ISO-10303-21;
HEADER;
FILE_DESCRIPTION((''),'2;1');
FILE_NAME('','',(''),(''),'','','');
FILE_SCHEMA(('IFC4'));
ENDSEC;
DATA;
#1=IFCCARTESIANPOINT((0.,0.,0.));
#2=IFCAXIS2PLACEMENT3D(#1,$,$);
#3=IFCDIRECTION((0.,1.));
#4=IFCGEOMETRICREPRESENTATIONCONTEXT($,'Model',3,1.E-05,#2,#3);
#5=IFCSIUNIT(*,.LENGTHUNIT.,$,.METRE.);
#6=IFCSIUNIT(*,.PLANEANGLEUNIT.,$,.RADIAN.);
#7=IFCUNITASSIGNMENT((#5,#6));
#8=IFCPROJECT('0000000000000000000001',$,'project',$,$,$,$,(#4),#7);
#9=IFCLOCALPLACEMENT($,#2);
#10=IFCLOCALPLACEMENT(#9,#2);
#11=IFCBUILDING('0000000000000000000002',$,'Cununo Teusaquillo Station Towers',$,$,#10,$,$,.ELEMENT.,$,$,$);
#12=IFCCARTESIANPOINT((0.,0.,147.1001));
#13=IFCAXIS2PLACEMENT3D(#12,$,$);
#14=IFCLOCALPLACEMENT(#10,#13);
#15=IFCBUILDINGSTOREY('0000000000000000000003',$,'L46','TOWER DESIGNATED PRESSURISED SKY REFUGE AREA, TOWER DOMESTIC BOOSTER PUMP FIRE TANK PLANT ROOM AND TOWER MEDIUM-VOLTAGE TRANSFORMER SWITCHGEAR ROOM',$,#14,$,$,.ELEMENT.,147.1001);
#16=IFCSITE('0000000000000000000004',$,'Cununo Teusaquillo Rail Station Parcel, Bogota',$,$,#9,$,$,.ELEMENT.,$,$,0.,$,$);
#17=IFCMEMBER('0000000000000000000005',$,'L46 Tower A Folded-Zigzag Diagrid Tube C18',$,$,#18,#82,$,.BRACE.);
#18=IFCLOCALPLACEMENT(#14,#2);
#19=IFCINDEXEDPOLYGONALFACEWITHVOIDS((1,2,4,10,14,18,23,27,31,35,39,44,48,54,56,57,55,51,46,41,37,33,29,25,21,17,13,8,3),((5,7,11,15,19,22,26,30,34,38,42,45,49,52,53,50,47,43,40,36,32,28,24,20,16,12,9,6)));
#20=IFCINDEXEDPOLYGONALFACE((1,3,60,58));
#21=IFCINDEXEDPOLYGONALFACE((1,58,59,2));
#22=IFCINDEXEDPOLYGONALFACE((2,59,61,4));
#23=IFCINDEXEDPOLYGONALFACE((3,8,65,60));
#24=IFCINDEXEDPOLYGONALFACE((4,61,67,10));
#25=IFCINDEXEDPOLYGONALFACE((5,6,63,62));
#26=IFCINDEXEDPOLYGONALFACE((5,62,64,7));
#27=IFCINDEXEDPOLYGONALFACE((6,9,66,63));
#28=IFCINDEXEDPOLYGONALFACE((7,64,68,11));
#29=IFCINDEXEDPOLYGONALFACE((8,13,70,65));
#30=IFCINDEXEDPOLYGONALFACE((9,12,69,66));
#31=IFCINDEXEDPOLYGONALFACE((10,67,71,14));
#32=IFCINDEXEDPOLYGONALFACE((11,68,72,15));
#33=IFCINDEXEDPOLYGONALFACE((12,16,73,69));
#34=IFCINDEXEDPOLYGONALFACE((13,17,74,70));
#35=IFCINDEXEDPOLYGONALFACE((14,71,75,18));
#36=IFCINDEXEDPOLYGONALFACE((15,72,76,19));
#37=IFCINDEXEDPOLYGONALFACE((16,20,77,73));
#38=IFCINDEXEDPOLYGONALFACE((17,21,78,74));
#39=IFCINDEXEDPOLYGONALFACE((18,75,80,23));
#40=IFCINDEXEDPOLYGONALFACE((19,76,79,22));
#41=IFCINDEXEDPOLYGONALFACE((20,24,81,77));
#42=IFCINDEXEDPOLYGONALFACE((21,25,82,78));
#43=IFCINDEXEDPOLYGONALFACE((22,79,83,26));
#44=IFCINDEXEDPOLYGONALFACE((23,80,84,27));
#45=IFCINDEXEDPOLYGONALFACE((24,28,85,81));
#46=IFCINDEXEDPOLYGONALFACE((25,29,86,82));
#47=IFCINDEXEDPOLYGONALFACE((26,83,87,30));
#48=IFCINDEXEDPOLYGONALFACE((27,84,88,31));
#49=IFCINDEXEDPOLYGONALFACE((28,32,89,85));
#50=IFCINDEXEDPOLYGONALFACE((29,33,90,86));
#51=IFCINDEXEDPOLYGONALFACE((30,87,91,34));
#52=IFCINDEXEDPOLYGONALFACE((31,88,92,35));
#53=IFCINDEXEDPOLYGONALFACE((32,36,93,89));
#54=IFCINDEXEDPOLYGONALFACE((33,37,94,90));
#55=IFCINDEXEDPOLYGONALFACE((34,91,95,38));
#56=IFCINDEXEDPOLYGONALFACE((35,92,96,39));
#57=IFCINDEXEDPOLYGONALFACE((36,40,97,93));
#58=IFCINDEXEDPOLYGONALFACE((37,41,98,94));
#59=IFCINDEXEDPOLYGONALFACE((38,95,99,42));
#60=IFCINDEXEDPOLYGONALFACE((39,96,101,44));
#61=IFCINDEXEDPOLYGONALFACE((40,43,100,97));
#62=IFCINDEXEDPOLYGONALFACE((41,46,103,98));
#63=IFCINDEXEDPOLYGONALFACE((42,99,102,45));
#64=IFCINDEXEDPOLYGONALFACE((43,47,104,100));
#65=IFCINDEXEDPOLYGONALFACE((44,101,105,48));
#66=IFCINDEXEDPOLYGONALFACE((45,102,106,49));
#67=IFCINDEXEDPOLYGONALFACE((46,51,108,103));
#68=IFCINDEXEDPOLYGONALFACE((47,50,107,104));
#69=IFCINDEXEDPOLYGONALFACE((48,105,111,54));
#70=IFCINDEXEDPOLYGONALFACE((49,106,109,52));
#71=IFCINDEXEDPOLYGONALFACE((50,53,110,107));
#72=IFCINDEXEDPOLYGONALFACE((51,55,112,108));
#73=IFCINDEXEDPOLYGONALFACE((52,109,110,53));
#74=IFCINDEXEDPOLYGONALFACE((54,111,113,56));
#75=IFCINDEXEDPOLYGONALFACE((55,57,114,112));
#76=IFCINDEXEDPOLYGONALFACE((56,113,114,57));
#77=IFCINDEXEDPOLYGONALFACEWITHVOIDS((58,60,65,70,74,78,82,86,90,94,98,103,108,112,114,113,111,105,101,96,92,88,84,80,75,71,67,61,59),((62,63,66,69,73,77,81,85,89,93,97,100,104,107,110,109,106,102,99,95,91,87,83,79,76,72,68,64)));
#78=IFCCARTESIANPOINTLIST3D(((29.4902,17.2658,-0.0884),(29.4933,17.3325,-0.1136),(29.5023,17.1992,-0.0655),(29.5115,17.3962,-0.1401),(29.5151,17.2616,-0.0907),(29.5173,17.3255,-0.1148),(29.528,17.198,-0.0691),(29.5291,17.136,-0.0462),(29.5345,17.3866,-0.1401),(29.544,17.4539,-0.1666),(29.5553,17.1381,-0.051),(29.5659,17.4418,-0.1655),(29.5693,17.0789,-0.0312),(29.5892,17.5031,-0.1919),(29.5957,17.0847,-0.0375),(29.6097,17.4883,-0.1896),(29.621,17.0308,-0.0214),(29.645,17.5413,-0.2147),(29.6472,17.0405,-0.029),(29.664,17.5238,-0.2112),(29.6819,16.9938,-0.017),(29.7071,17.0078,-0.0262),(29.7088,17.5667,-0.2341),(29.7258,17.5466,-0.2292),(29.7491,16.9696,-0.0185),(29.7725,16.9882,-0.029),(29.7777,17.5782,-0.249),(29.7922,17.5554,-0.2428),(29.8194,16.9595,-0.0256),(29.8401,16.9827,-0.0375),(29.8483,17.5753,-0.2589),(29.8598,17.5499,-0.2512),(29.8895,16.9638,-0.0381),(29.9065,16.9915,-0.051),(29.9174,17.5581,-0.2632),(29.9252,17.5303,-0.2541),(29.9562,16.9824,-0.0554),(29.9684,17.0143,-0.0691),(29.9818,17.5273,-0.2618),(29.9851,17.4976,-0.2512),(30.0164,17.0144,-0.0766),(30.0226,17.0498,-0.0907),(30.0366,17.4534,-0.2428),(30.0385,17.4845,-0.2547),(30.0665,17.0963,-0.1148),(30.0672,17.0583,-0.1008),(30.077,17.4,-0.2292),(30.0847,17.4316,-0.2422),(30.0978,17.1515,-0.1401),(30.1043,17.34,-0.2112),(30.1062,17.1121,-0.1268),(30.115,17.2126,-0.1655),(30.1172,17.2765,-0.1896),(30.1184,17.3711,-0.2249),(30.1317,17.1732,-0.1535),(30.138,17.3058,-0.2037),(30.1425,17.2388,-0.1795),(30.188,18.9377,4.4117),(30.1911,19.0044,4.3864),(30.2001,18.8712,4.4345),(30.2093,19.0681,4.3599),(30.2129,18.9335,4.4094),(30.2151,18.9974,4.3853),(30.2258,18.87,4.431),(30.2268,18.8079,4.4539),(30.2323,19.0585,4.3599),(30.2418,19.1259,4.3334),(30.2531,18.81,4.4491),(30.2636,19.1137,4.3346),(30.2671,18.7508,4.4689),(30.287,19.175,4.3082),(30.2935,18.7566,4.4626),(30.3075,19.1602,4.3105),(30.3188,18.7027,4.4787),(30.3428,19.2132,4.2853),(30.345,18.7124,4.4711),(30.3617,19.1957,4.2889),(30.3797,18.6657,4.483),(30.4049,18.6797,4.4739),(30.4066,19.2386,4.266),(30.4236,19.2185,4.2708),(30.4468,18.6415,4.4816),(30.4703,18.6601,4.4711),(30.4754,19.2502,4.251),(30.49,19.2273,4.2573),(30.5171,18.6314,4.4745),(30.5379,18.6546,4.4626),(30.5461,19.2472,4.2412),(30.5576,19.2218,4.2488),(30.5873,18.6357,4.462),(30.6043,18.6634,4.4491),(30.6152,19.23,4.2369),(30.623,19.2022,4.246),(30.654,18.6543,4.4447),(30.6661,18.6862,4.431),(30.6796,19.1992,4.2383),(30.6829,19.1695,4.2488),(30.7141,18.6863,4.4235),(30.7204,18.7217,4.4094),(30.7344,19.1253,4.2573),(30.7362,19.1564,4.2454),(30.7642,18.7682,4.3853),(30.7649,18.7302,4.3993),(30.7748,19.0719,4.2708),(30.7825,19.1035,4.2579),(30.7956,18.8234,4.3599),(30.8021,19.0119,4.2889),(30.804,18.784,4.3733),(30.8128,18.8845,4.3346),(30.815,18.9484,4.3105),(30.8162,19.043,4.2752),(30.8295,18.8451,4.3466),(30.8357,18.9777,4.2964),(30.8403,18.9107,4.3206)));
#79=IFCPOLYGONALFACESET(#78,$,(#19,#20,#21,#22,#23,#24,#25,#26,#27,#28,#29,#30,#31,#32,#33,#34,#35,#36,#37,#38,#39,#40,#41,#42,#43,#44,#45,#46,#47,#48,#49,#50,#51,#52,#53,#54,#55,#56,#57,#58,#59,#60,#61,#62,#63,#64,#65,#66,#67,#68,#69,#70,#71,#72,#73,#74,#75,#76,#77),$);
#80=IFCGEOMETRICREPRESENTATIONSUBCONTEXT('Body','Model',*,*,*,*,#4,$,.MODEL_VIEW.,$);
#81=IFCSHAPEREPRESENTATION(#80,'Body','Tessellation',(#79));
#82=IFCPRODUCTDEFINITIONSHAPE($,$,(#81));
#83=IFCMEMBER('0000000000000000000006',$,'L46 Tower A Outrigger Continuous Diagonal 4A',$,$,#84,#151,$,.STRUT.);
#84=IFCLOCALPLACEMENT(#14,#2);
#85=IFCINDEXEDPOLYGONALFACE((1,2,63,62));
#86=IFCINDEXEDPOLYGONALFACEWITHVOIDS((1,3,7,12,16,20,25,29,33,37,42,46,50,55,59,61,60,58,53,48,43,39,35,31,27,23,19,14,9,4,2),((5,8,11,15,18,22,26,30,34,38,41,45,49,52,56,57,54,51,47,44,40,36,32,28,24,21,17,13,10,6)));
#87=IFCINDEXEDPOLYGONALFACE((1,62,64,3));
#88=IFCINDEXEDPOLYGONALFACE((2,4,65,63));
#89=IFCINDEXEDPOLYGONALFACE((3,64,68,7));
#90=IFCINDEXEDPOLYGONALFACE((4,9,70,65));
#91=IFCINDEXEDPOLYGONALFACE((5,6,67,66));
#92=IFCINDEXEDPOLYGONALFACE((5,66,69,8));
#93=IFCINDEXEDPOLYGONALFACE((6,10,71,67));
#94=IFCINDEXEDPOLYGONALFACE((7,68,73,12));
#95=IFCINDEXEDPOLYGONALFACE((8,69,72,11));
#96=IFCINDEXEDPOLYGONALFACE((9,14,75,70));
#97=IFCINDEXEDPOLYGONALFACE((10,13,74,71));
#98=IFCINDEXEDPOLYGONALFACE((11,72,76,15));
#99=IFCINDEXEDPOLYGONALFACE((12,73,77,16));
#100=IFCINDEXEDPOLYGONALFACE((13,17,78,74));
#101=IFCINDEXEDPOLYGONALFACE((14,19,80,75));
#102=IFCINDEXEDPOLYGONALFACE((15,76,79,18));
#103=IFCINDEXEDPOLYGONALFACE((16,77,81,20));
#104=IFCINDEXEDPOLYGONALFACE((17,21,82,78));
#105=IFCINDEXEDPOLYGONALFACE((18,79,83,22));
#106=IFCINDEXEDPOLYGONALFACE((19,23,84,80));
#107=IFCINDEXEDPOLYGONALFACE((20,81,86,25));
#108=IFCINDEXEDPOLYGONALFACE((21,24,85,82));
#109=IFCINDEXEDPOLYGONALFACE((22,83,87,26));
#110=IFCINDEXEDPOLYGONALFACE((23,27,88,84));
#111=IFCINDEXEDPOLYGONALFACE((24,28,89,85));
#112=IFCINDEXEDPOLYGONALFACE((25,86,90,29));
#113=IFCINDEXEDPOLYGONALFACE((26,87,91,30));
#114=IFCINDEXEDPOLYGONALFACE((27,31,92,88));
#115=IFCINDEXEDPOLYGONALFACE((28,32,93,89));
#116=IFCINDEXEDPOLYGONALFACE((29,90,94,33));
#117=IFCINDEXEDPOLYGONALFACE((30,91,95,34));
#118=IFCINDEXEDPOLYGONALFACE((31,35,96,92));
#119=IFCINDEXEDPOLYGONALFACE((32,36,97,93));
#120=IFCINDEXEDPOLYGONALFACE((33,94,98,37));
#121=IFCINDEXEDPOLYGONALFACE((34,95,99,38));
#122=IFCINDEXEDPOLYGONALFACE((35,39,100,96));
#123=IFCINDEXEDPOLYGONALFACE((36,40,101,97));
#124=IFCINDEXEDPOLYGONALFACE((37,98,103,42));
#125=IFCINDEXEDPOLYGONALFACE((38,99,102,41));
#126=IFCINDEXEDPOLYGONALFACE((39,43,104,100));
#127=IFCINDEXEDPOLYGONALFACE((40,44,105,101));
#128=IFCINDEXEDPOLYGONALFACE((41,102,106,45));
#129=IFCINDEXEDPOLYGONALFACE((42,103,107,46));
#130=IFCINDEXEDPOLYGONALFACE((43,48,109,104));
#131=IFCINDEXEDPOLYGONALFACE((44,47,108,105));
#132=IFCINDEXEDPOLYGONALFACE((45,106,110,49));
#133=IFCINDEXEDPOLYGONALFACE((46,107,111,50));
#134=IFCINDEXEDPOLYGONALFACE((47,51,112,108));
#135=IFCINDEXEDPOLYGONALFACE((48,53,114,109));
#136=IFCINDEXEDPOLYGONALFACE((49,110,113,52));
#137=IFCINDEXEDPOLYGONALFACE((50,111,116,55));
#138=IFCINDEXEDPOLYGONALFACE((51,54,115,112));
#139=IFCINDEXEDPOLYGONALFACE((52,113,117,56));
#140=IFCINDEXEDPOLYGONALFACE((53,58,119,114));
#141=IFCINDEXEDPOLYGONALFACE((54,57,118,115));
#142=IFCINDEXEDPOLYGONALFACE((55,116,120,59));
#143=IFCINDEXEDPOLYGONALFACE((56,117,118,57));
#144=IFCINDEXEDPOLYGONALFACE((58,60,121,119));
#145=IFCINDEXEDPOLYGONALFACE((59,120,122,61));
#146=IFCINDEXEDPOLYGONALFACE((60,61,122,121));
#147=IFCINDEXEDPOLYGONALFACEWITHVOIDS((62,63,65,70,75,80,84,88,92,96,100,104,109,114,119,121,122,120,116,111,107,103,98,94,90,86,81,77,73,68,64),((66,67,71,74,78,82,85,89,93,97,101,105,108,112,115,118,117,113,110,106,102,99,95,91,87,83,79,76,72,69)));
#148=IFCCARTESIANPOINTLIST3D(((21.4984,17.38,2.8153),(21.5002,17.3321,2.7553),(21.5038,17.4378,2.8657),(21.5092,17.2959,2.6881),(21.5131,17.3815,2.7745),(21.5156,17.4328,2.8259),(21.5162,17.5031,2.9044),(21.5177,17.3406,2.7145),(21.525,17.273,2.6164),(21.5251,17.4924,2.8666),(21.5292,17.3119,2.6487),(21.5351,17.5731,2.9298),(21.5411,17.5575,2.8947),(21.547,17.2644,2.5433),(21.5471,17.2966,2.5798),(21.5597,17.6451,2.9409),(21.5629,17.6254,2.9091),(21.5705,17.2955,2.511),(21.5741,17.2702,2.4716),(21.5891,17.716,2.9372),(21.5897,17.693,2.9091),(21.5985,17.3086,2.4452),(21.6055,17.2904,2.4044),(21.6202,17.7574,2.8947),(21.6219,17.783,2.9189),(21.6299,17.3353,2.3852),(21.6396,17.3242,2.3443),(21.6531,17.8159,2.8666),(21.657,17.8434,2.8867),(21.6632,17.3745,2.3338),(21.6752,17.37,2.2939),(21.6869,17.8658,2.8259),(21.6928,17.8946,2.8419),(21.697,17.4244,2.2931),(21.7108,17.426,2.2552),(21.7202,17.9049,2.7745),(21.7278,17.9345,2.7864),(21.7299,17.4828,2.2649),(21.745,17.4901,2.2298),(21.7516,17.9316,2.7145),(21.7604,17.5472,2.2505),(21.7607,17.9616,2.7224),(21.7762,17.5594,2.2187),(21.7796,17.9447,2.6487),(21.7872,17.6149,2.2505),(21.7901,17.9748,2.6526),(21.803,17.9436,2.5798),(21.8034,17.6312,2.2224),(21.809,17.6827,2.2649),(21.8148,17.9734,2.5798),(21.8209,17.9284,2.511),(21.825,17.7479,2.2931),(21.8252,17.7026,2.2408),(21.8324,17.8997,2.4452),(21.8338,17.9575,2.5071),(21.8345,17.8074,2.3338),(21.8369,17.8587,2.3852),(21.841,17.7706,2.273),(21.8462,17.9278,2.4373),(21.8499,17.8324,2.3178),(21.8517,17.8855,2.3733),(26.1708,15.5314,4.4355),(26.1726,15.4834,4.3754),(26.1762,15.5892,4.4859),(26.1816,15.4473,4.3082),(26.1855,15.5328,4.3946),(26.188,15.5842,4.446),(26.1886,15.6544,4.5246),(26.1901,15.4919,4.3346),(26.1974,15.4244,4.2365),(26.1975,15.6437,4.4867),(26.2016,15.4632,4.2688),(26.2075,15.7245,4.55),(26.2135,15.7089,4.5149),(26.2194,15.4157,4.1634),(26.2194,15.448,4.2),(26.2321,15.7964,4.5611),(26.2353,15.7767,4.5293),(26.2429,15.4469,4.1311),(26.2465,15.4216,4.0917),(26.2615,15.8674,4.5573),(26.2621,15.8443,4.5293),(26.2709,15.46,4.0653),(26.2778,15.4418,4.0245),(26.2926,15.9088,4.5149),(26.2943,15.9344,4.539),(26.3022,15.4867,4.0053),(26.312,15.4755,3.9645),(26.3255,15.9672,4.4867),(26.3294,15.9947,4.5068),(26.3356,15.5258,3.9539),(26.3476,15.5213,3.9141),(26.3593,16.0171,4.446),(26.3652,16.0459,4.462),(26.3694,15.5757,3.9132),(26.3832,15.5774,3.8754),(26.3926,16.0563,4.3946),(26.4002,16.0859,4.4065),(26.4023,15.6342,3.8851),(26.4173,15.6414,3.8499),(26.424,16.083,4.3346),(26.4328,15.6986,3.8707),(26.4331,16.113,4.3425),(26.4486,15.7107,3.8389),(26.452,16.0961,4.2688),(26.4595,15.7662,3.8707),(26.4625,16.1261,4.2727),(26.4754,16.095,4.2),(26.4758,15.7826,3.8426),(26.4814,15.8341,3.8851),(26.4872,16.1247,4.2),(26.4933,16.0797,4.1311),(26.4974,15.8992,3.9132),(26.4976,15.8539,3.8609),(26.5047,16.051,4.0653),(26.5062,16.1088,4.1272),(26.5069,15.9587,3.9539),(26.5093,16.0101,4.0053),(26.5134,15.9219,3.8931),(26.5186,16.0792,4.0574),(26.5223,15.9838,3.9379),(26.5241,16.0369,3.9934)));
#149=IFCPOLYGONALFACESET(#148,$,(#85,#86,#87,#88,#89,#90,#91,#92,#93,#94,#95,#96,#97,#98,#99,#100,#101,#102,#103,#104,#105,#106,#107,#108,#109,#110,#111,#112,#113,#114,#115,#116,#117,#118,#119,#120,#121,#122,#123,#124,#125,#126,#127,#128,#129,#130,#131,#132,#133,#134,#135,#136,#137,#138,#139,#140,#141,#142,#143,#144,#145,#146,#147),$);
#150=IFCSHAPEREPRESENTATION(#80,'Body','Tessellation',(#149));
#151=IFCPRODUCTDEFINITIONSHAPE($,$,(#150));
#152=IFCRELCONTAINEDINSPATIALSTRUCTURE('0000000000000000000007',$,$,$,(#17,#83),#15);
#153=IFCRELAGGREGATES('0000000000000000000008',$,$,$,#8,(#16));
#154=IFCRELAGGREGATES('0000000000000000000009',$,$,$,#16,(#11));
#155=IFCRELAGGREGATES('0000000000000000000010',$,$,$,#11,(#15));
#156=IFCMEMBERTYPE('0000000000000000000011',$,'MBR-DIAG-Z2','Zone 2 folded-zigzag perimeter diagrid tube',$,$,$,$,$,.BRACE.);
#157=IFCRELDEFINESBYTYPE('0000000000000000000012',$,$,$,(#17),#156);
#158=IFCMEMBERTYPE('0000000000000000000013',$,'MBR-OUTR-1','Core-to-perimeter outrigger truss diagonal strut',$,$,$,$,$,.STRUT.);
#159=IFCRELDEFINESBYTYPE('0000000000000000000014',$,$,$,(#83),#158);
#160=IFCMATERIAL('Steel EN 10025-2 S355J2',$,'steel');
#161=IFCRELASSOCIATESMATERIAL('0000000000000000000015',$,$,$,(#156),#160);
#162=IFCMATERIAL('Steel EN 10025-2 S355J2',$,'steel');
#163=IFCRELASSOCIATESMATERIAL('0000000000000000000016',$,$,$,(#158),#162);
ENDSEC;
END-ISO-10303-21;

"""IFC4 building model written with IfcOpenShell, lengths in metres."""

from ifc_helpers import new_model, si_unit, direction, frame, origin, origin_2d, place, context, subcontext, project, spatial, hollow_circle, extrude, material, material_profile, profile_set, type_object, element, save


model = new_model("IFC4")

# Units and contexts
model_context = context("Model", 3, precision=1e-05, world=origin(), true_north=direction((0.0, 1.0)))
body_context = subcontext(model_context, "Body", "Model", "MODEL_VIEW")
ifc_project = project(units=[si_unit("LENGTHUNIT", "METRE"), si_unit("PLANEANGLEUNIT", "RADIAN")], contexts=[model_context])

# Site, building, storey
site_placement = place(None, origin())
site = spatial("IfcSite", under=ifc_project, at=site_placement, Name="Cununo Teusaquillo Rail Station Parcel, Bogota", CompositionType="ELEMENT", RefElevation=0.0)
building_placement = place(site_placement, origin())
building = spatial("IfcBuilding", under=site, at=building_placement, Name="Cununo Teusaquillo Station Towers", CompositionType="ELEMENT")
storey_placement = place(building_placement, frame((0.0, 0.0, 147.1001)))
storey = spatial("IfcBuildingStorey", under=building, at=storey_placement, Name="L46", Description="TOWER DESIGNATED PRESSURISED SKY REFUGE AREA, TOWER DOMESTIC BOOSTER PUMP FIRE TANK PLANT ROOM AND TOWER MEDIUM-VOLTAGE TRANSFORMER SWITCHGEAR ROOM", CompositionType="ELEMENT", Elevation=147.1001)

# Members
ifc_material_1 = material(Name="Steel EN 10025-2 S355J2", Category="steel")
ifc_material_profile_1 = material_profile(ifc_material_1, hollow_circle(Radius=0.3301, WallThickness=0.0249, at=origin_2d()), Name="CHS 660x25")
ifc_profile_set_1 = profile_set([ifc_material_profile_1], Name="Steel EN 10025-2 S355J2")
member_type_1 = type_object("IfcMemberType", Name="MBR-DIAG-Z2", Description="Zone 2 folded-zigzag perimeter diagrid tube", PredefinedType="BRACE", material=ifc_profile_set_1)
member_1_placement = place(storey_placement, frame((29.8162, 17.269, -0.1401), z_axis=(0.143838, 0.344647, 0.927647), x_axis=(-0.922853, 0.385151, 0.0)))
element("IfcMember", 1, at=member_1_placement, inside=storey, type_object=member_type_1, Name="L46 Tower A Folded-Zigzag Diagrid Tube C18", PredefinedType="BRACE", context=body_context, shape_type="SweptSolid", body=[
    extrude(hollow_circle(Radius=0.3301, WallThickness=0.0249, at=origin_2d()), origin(), (0.0, 0.0, 1.0), 4.8511),
])
ifc_material_2 = material(Name="Steel EN 10025-2 S355J2", Category="steel")
ifc_material_profile_2 = material_profile(ifc_material_2, hollow_circle(Radius=0.3799, WallThickness=0.032, at=origin_2d()), Name="CHS 760x32")
ifc_profile_set_2 = profile_set([ifc_material_profile_2], Name="Steel EN 10025-2 S355J2")
member_type_2 = type_object("IfcMemberType", Name="MBR-OUTR-1", Description="Core-to-perimeter outrigger truss diagonal strut", PredefinedType="STRUT", material=ifc_profile_set_2)
member_2_placement = place(storey_placement, frame((21.675, 17.6201, 2.5798), z_axis=(0.885, -0.350152, 0.306869), x_axis=(0.367903, 0.929864, 0.0)))
element("IfcMember", 2, at=member_2_placement, inside=storey, type_object=member_type_2, Name="L46 Tower A Outrigger Continuous Diagonal 4A", PredefinedType="STRUT", context=body_context, shape_type="SweptSolid", body=[
    extrude(hollow_circle(Radius=0.3799, WallThickness=0.032, at=origin_2d()), origin(), (0.0, 0.0, 1.0), 5.2795),
])

save(model, "model.ifc")
